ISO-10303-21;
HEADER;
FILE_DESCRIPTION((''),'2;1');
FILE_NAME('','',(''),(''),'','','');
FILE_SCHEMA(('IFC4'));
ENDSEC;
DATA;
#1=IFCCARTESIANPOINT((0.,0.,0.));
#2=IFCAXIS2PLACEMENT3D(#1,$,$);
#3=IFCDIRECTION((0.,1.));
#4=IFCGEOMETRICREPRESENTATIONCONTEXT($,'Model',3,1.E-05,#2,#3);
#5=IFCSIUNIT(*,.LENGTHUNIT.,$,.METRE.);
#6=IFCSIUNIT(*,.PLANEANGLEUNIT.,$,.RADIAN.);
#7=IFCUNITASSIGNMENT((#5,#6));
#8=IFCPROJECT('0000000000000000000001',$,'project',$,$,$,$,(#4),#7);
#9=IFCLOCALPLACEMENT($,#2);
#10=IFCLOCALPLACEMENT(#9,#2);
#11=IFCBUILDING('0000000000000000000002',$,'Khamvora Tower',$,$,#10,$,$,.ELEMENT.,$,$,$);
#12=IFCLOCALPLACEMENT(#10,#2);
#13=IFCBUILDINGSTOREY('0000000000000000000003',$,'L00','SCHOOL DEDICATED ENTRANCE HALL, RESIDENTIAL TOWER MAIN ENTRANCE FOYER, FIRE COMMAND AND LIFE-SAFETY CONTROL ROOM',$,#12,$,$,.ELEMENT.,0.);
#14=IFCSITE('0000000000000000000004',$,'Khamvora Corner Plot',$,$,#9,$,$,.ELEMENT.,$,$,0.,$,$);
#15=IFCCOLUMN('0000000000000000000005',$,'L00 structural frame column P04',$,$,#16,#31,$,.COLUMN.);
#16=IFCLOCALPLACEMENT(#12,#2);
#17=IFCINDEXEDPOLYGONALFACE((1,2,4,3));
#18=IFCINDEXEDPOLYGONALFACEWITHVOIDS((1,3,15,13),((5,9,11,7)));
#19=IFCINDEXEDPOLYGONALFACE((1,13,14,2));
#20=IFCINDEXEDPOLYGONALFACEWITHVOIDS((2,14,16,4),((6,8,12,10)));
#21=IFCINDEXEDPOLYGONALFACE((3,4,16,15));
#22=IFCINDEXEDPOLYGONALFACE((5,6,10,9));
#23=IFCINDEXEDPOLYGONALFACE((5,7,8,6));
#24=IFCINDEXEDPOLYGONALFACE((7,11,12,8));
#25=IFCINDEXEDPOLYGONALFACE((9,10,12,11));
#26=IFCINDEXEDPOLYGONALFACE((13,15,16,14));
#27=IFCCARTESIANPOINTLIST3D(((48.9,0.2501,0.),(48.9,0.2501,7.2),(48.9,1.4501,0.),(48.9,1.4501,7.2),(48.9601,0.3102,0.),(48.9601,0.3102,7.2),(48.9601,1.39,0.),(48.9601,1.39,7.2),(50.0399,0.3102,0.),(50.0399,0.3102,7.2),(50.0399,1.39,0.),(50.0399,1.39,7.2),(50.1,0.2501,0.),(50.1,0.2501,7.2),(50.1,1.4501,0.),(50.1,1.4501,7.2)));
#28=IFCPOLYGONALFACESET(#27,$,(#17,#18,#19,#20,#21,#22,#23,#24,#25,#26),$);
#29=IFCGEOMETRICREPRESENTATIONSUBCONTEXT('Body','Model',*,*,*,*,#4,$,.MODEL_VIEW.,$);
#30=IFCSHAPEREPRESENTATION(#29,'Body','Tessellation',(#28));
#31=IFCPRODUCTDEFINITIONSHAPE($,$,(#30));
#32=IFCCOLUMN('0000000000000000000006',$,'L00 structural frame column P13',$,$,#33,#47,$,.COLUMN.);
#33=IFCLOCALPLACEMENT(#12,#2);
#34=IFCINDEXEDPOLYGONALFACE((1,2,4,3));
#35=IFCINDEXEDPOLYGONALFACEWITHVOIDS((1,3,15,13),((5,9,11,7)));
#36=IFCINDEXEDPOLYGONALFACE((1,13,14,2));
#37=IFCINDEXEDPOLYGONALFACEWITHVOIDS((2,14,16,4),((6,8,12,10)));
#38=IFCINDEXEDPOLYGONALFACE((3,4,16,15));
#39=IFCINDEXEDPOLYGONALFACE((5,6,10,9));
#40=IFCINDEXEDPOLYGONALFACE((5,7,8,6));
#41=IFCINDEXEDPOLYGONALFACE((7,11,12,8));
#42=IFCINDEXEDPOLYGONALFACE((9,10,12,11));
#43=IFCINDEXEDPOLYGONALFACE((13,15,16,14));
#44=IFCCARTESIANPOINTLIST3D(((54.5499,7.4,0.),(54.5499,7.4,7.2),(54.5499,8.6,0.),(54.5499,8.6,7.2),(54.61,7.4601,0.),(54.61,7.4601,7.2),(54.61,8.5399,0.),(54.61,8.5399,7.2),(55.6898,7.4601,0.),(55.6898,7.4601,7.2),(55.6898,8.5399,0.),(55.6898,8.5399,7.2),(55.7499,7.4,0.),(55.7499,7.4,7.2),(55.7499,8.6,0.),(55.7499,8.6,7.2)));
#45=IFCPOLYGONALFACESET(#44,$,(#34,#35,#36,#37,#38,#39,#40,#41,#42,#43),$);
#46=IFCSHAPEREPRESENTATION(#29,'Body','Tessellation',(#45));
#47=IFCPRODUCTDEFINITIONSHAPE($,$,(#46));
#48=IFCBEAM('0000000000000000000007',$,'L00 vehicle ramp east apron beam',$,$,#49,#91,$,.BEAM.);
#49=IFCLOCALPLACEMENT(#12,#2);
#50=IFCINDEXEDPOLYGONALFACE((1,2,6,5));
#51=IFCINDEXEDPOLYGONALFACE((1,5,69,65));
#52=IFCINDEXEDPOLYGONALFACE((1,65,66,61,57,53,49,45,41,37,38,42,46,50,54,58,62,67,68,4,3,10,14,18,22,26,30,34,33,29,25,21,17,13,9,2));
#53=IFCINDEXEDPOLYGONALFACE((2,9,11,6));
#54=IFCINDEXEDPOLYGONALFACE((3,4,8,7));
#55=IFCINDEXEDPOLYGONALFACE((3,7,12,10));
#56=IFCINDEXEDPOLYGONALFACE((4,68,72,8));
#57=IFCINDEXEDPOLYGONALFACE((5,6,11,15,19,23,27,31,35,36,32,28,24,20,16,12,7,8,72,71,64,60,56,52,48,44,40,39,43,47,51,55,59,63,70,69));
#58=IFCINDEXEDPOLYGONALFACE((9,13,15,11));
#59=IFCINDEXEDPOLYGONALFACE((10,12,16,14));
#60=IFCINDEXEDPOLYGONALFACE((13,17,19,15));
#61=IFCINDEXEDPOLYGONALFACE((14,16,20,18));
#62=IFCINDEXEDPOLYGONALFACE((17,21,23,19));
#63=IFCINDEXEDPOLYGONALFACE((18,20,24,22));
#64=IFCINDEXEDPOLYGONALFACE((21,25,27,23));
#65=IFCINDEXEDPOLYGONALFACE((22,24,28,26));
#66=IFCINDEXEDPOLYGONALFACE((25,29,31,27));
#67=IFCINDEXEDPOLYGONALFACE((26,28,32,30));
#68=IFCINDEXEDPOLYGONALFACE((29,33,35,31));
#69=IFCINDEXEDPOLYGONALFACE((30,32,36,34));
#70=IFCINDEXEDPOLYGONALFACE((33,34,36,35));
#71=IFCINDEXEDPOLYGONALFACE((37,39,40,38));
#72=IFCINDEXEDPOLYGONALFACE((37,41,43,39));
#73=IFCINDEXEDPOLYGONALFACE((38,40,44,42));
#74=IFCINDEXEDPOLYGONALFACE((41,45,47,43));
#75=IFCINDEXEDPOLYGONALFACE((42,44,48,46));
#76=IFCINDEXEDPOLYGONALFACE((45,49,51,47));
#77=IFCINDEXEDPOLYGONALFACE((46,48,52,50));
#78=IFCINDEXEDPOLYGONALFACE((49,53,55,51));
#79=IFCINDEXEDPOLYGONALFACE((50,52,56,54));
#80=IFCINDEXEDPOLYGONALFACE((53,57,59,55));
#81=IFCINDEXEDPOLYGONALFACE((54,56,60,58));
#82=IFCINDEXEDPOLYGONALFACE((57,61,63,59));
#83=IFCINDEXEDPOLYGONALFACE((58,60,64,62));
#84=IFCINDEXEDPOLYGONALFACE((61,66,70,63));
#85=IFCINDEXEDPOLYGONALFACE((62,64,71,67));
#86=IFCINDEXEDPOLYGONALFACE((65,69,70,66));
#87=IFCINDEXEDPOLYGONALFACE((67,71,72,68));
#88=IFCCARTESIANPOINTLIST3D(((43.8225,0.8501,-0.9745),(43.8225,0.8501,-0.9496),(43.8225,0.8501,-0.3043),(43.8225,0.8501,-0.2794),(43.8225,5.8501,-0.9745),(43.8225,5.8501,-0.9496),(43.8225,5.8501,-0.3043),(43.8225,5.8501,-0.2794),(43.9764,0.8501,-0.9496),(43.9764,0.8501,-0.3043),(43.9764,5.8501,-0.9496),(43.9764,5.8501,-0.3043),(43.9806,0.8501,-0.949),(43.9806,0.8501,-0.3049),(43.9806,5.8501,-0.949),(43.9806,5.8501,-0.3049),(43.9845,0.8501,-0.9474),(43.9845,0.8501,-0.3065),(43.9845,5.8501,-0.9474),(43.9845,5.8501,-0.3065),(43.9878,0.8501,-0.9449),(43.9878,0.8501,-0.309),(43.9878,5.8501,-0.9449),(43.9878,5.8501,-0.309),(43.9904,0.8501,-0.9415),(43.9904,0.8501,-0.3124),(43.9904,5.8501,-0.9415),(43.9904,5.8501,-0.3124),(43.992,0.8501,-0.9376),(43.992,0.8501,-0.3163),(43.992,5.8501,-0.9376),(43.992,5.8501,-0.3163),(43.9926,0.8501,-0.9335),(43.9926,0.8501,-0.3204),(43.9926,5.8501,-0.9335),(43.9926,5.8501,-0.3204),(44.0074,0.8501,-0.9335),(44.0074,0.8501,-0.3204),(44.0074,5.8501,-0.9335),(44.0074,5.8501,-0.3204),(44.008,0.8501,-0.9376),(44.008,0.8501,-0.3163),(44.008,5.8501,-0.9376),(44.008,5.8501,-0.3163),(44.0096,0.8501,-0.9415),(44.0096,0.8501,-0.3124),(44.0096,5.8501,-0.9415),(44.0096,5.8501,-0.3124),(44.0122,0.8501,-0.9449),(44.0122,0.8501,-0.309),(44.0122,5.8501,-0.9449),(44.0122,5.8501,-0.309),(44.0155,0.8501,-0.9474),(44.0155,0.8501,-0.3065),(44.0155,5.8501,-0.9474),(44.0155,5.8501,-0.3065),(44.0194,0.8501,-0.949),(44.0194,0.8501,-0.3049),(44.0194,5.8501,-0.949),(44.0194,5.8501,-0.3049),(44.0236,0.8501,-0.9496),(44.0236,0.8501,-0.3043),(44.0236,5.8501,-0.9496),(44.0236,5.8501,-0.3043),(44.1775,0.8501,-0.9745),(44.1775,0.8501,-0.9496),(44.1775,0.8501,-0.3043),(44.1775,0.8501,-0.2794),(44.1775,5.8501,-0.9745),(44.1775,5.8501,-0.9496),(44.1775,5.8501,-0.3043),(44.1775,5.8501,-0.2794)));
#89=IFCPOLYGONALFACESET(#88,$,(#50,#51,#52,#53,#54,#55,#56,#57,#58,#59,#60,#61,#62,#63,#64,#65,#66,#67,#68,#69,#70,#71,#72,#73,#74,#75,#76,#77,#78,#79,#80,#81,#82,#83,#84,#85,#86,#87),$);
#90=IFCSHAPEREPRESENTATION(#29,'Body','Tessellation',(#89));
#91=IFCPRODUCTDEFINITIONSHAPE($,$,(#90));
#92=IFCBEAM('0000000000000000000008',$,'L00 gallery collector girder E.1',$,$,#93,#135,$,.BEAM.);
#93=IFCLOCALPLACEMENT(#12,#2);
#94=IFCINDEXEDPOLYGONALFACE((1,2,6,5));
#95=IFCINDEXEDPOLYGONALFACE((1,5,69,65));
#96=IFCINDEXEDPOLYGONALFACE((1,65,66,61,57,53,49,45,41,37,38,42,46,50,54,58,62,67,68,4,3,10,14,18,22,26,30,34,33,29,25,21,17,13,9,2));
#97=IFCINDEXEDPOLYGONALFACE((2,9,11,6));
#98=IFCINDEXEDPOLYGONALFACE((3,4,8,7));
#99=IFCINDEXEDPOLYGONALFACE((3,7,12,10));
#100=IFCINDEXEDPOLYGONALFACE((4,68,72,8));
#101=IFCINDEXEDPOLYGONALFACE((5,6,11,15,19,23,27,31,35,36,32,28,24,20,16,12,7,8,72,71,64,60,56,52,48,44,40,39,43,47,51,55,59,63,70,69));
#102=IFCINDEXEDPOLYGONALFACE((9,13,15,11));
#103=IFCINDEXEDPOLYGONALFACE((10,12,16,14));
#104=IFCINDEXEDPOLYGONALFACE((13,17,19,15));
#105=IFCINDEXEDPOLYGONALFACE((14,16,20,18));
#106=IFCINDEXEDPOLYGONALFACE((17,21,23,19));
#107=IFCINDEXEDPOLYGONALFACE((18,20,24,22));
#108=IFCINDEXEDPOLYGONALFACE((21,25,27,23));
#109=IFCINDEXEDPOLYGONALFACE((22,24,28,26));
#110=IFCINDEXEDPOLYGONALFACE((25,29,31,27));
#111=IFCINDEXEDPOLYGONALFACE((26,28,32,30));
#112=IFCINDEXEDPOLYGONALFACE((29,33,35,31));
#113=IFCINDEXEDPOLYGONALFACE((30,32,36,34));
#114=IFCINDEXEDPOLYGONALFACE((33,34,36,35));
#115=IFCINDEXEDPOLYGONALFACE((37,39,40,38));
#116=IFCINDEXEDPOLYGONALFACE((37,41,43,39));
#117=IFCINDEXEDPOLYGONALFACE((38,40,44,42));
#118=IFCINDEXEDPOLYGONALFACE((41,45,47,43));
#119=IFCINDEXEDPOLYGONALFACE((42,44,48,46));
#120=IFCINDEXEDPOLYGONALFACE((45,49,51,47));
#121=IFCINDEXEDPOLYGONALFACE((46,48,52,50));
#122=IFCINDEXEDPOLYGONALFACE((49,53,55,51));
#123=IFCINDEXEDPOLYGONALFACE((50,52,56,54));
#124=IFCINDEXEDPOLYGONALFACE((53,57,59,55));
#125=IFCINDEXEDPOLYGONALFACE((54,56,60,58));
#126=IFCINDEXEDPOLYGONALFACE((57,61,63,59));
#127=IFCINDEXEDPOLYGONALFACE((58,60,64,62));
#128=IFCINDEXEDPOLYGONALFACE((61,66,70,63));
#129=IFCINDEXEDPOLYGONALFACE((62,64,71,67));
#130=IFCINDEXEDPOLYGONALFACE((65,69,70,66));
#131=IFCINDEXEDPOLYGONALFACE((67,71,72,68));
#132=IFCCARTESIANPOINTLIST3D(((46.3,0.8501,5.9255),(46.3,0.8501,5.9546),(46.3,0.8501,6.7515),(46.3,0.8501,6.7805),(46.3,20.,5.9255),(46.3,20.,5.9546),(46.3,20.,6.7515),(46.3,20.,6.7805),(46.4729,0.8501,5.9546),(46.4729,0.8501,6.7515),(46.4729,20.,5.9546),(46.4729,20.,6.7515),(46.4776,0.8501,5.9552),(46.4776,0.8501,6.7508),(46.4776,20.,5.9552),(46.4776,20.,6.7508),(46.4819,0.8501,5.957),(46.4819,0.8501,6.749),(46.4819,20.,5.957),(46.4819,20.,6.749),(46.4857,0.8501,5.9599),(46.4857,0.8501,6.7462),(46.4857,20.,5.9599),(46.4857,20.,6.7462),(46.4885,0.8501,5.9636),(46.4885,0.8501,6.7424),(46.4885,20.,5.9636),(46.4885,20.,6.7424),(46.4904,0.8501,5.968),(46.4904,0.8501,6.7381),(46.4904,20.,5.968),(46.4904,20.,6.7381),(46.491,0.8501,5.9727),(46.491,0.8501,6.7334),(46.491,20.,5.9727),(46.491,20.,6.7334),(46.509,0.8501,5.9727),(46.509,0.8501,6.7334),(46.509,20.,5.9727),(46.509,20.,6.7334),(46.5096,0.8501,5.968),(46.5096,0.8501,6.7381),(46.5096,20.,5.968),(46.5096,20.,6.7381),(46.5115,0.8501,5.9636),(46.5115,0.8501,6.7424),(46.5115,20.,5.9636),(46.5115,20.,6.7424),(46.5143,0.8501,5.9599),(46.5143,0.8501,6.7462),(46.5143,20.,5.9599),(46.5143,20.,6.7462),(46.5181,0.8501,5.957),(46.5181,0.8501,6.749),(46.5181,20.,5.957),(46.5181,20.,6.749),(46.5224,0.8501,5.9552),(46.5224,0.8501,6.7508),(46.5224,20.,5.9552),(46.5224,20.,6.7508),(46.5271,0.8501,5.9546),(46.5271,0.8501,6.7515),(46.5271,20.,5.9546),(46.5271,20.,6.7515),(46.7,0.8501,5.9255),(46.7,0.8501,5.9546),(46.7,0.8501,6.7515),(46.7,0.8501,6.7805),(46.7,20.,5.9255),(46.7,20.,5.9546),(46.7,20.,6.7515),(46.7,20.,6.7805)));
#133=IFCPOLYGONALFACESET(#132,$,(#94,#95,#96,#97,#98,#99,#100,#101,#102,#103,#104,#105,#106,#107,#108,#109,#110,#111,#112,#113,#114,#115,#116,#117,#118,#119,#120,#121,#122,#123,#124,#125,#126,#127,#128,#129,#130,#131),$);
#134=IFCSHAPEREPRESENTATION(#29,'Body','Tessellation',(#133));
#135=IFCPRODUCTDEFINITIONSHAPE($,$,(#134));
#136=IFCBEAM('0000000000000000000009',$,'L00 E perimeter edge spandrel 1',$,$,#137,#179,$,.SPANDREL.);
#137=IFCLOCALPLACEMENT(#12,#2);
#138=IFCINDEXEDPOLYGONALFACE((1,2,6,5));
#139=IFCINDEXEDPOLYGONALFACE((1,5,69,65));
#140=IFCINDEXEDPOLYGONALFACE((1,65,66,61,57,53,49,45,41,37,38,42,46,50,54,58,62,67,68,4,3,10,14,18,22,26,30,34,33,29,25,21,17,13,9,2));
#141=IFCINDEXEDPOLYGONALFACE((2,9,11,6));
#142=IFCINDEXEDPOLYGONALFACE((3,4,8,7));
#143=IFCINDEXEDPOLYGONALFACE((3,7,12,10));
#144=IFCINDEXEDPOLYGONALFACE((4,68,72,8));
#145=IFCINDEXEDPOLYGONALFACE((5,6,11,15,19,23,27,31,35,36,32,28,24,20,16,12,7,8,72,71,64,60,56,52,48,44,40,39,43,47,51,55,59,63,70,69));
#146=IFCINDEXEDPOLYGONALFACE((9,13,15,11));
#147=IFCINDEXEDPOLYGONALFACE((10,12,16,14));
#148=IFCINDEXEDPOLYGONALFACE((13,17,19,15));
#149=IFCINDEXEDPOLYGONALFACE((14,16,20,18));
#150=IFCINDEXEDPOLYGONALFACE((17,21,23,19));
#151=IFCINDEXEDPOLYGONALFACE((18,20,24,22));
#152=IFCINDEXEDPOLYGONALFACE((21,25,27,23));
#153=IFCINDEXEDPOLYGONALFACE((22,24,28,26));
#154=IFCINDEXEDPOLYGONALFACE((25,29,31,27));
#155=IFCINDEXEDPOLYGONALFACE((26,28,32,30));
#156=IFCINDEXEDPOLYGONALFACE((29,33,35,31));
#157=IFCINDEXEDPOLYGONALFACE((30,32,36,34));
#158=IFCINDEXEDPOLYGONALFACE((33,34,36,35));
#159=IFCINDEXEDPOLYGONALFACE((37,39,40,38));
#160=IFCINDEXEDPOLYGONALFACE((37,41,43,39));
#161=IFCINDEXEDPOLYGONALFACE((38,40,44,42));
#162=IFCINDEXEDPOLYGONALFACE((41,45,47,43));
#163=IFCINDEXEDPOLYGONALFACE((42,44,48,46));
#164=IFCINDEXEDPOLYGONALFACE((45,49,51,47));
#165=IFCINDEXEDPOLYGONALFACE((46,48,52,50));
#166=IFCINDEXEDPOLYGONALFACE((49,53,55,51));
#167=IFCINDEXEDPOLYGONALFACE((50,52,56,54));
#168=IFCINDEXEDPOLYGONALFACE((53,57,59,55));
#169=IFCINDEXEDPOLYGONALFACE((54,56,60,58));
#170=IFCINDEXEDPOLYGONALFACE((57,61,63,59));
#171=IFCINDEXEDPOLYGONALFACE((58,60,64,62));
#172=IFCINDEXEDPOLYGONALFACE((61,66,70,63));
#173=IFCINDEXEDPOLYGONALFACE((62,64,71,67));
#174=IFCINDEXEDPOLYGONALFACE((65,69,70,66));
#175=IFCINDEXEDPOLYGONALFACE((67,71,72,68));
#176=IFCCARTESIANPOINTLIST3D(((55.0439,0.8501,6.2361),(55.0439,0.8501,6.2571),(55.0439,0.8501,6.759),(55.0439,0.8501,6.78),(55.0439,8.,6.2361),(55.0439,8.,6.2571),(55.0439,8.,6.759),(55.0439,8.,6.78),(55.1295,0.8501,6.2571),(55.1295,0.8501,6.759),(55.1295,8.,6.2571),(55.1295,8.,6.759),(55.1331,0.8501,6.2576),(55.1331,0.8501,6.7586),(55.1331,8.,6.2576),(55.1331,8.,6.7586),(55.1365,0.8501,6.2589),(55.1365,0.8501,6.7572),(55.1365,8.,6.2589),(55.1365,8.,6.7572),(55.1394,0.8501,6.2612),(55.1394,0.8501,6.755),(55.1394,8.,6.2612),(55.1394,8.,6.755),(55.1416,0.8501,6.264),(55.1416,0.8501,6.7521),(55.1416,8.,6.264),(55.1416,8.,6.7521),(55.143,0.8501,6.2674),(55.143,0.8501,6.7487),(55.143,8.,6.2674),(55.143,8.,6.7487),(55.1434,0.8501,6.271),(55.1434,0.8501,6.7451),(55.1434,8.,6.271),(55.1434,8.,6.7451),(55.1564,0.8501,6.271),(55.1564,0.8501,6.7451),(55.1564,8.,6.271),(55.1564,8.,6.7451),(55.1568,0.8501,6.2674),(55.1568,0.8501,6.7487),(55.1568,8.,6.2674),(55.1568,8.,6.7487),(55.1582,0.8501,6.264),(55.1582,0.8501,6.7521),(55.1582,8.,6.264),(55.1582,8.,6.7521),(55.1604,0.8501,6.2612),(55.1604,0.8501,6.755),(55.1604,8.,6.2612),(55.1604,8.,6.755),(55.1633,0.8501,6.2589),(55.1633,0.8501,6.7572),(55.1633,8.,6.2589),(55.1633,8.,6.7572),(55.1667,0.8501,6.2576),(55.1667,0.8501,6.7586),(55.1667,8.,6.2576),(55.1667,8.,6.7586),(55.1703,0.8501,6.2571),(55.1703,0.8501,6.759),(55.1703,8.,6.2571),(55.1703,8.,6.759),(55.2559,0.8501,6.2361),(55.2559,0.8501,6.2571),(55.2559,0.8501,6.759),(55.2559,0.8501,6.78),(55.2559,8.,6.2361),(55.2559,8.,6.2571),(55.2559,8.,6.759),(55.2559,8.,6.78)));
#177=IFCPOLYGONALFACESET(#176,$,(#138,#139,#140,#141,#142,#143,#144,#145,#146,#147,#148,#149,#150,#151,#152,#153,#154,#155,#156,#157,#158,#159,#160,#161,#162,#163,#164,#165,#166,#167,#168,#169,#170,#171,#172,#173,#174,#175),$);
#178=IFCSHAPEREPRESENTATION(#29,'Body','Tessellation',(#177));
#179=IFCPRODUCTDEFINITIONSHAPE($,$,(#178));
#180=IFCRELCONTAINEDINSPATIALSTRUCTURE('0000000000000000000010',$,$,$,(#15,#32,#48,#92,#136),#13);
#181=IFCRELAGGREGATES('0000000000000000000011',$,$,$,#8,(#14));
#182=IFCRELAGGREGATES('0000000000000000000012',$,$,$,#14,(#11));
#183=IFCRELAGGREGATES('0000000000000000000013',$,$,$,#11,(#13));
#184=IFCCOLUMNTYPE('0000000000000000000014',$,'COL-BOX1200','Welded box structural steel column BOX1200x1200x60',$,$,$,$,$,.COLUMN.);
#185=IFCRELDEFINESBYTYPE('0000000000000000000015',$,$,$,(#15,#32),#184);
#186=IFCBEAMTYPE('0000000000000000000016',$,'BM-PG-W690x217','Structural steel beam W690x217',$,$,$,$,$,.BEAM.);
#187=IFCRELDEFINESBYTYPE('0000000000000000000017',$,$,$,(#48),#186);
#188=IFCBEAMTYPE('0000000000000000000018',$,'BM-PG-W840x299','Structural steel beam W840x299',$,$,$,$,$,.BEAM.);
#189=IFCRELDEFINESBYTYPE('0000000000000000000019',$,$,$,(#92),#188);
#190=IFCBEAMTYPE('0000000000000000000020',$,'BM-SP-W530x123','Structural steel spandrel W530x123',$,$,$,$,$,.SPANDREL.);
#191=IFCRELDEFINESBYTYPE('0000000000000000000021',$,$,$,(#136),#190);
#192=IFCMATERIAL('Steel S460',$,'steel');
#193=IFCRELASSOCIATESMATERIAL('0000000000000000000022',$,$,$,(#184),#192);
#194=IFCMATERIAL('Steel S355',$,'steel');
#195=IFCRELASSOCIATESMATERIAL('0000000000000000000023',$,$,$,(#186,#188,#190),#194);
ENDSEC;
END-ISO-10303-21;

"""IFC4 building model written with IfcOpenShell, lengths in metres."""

from ifc_helpers import new_model, si_unit, direction, frame, origin, origin_2d, place, context, subcontext, project, spatial, hollow_rectangle, i_section, extrude, material, material_profile, profile_set, type_object, element, save


model = new_model("IFC4")

# Units and contexts
model_context = context("Model", 3, precision=1e-05, world=origin(), true_north=direction((0.0, 1.0)))
body_context = subcontext(model_context, "Body", "Model", "MODEL_VIEW")
ifc_project = project(units=[si_unit("LENGTHUNIT", "METRE"), si_unit("PLANEANGLEUNIT", "RADIAN")], contexts=[model_context])

# Site, building, storey
site_placement = place(None, origin())
site = spatial("IfcSite", under=ifc_project, at=site_placement, Name="Khamvora Corner Plot", CompositionType="ELEMENT", RefElevation=0.0)
building_placement = place(site_placement, origin())
building = spatial("IfcBuilding", under=site, at=building_placement, Name="Khamvora Tower", CompositionType="ELEMENT")
storey_placement = place(building_placement, origin())
storey = spatial("IfcBuildingStorey", under=building, at=storey_placement, Name="L00", Description="SCHOOL DEDICATED ENTRANCE HALL, RESIDENTIAL TOWER MAIN ENTRANCE FOYER, FIRE COMMAND AND LIFE-SAFETY CONTROL ROOM", CompositionType="ELEMENT", Elevation=0.0)

# Columns
ifc_material_1 = material(Name="Steel S460", Category="steel")
ifc_material_profile_1 = material_profile(ifc_material_1, hollow_rectangle(XDim=1.2, YDim=1.2, WallThickness=0.0601, at=origin_2d()), Name="BOX1200x1200x60")
ifc_profile_set_1 = profile_set([ifc_material_profile_1], Name="Steel S460")
column_type = type_object("IfcColumnType", Name="COL-BOX1200", Description="Welded box structural steel column BOX1200x1200x60", PredefinedType="COLUMN", material=ifc_profile_set_1)
for number, where, z_axis, x_axis, name in (
    (1, (49.5, 0.8501, 0.0), (0.0, 0.0, 1.0), (1.0, 0.0, 0.0), "L00 structural frame column P04"),
    (2, (55.1499, 8.0, 0.0), (0.0, 0.0, 1.0), (1.0, 0.0, 0.0), "L00 structural frame column P13"),
):
    element("IfcColumn", number, at=place(storey_placement, frame(where, z_axis=z_axis, x_axis=x_axis)), inside=storey, type_object=column_type, Name=name, PredefinedType="COLUMN", context=body_context, shape_type="SweptSolid", body=[
        extrude(hollow_rectangle(XDim=1.2, YDim=1.2, WallThickness=0.0601, at=origin_2d()), origin(), (0.0, 0.0, 1.0), 7.2),
    ])

# Beams
ifc_material_2 = material(Name="Steel S355", Category="steel")
ifc_material_profile_2 = material_profile(ifc_material_2, i_section(OverallWidth=0.355, OverallDepth=0.6951, WebThickness=0.0149, FlangeThickness=0.0249, FilletRadius=0.0161, at=origin_2d()), Name="W690x217")
ifc_profile_set_2 = profile_set([ifc_material_profile_2], Name="Steel S355")
beam_type_1 = type_object("IfcBeamType", Name="BM-PG-W690x217", Description="Structural steel beam W690x217", PredefinedType="BEAM", material=ifc_profile_set_2)
beam_1_placement = place(storey_placement, frame((44.0, 0.8501, -0.627), z_axis=(0.0, 1.0, 0.0), x_axis=(-1.0, 0.0, 0.0)))
element("IfcBeam", 3, at=beam_1_placement, inside=storey, type_object=beam_type_1, Name="L00 vehicle ramp east apron beam", PredefinedType="BEAM", context=body_context, shape_type="SweptSolid", body=[
    extrude(i_section(OverallWidth=0.355, OverallDepth=0.6951, WebThickness=0.0149, FlangeThickness=0.0249, FilletRadius=0.0161, at=origin_2d()), origin(), (0.0, 0.0, 1.0), 5.0),
])
ifc_material_profile_3 = material_profile(ifc_material_2, i_section(OverallWidth=0.3999, OverallDepth=0.855, WebThickness=0.0181, FlangeThickness=0.0291, FilletRadius=0.0181, at=origin_2d()), Name="W840x299")
ifc_profile_set_3 = profile_set([ifc_material_profile_3], Name="Steel S355")
beam_type_2 = type_object("IfcBeamType", Name="BM-PG-W840x299", Description="Structural steel beam W840x299", PredefinedType="BEAM", material=ifc_profile_set_3)
beam_2_placement = place(storey_placement, frame((46.5, 0.8501, 6.353), z_axis=(0.0, 1.0, 0.0), x_axis=(-1.0, 0.0, 0.0)))
element("IfcBeam", 4, at=beam_2_placement, inside=storey, type_object=beam_type_2, Name="L00 gallery collector girder E.1", PredefinedType="BEAM", context=body_context, shape_type="SweptSolid", body=[
    extrude(i_section(OverallWidth=0.3999, OverallDepth=0.855, WebThickness=0.0181, FlangeThickness=0.0291, FilletRadius=0.0181, at=origin_2d()), origin(), (0.0, 0.0, 1.0), 19.1499),
])
ifc_material_profile_4 = material_profile(ifc_material_2, i_section(OverallWidth=0.2119, OverallDepth=0.5439, WebThickness=0.0129, FlangeThickness=0.021, FilletRadius=0.0139, at=origin_2d()), Name="W530x123")
ifc_profile_set_4 = profile_set([ifc_material_profile_4], Name="Steel S355")
beam_type_3 = type_object("IfcBeamType", Name="BM-SP-W530x123", Description="Structural steel spandrel W530x123", PredefinedType="SPANDREL", material=ifc_profile_set_4)
beam_3_placement = place(storey_placement, frame((55.1499, 0.8501, 6.5081), z_axis=(0.0, 1.0, 0.0), x_axis=(-1.0, 0.0, 0.0)))
element("IfcBeam", 5, at=beam_3_placement, inside=storey, type_object=beam_type_3, Name="L00 E perimeter edge spandrel 1", PredefinedType="SPANDREL", context=body_context, shape_type="SweptSolid", body=[
    extrude(i_section(OverallWidth=0.2119, OverallDepth=0.5439, WebThickness=0.0129, FlangeThickness=0.021, FilletRadius=0.0139, at=origin_2d()), origin(), (0.0, 0.0, 1.0), 7.1499),
])

save(model, "model.ifc")
